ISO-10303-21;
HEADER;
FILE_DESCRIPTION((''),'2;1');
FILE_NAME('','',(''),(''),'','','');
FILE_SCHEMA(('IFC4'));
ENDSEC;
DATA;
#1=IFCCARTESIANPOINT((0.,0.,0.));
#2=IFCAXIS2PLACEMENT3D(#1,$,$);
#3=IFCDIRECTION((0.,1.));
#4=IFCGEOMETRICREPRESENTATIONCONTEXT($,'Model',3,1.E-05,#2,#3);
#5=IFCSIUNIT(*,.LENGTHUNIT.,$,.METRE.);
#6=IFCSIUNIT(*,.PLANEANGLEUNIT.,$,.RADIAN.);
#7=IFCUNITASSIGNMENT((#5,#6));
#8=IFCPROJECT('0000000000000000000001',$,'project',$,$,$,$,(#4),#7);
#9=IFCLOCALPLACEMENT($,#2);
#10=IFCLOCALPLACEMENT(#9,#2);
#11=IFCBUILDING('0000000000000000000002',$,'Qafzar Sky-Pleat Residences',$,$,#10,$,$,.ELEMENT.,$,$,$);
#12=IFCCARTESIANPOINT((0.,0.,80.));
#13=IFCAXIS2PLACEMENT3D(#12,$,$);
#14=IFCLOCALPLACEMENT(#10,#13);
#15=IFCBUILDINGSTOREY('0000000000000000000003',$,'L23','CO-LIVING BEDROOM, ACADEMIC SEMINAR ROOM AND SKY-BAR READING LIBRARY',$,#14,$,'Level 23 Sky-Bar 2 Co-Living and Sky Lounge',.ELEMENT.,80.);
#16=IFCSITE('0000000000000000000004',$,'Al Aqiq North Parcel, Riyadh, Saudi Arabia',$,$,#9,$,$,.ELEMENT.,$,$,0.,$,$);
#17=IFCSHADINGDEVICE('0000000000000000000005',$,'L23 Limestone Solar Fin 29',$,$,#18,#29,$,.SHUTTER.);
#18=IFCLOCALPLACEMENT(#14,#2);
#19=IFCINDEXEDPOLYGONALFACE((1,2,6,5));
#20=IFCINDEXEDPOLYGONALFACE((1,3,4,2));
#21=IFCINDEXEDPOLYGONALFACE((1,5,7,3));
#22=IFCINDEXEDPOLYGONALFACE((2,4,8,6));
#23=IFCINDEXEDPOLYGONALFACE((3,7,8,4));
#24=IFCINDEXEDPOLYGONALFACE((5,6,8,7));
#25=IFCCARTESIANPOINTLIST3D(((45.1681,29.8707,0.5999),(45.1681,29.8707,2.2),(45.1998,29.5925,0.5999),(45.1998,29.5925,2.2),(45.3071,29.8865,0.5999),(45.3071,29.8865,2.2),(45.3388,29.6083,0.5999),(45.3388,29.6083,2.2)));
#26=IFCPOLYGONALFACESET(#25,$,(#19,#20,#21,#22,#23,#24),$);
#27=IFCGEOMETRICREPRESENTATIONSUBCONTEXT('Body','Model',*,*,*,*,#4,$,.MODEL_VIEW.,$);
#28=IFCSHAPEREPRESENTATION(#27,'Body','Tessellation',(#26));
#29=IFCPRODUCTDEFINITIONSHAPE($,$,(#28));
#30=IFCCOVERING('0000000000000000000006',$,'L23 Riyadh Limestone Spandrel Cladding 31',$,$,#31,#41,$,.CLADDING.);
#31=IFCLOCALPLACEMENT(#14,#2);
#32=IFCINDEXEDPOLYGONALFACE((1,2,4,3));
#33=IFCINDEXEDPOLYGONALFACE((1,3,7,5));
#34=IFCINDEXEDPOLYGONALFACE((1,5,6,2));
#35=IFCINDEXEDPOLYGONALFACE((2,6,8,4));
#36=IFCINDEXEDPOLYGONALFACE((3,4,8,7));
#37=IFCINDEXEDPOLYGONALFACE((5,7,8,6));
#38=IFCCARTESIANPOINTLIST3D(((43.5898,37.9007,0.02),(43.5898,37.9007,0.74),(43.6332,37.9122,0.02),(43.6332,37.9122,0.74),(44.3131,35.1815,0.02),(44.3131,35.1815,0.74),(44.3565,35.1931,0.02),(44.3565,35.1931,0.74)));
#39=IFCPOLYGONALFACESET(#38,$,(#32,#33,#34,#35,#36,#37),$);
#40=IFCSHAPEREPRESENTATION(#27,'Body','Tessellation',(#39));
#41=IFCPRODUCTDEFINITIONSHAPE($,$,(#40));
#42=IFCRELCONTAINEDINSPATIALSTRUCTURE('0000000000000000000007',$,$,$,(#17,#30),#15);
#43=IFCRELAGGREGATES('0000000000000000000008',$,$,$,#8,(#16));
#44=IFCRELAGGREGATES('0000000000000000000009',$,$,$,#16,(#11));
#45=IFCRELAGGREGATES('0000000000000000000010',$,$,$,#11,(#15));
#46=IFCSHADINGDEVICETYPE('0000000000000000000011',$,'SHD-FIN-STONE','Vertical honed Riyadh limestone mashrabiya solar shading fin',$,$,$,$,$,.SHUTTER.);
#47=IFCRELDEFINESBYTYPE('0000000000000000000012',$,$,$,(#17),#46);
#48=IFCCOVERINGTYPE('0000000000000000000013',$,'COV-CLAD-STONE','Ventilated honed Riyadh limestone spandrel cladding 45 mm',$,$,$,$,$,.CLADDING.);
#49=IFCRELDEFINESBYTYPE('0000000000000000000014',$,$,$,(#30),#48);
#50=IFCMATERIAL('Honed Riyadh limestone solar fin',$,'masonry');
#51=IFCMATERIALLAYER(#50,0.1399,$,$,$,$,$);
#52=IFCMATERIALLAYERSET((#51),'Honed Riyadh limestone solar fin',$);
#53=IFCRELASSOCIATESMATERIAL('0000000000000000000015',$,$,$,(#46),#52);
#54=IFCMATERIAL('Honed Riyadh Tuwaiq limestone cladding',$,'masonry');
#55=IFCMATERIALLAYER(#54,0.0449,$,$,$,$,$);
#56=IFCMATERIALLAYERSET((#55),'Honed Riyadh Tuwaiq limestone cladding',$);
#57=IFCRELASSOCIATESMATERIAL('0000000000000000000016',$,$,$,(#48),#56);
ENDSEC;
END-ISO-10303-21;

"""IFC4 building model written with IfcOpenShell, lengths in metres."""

from ifc_helpers import new_model, si_unit, direction, frame, origin, origin_2d, place, context, subcontext, project, spatial, rectangle, extrude, source, transform, mapped, material, layer, layer_set, type_object, element, save


model = new_model("IFC4")

# Units and contexts
model_context = context("Model", 3, precision=1e-05, world=origin(), true_north=direction((0.0, 1.0)))
body_context = subcontext(model_context, "Body", "Model", "MODEL_VIEW")
ifc_project = project(units=[si_unit("LENGTHUNIT", "METRE"), si_unit("PLANEANGLEUNIT", "RADIAN")], contexts=[model_context])

# Site, building, storey
site_placement = place(None, origin())
site = spatial("IfcSite", under=ifc_project, at=site_placement, Name="Al Aqiq North Parcel, Riyadh, Saudi Arabia", CompositionType="ELEMENT", RefElevation=0.0)
building_placement = place(site_placement, origin())
building = spatial("IfcBuilding", under=site, at=building_placement, Name="Qafzar Sky-Pleat Residences", CompositionType="ELEMENT")
storey_placement = place(building_placement, frame((0.0, 0.0, 80.0)))
storey = spatial("IfcBuildingStorey", under=building, at=storey_placement, Name="L23", Description="CO-LIVING BEDROOM, ACADEMIC SEMINAR ROOM AND SKY-BAR READING LIBRARY", LongName="Level 23 Sky-Bar 2 Co-Living and Sky Lounge", CompositionType="ELEMENT", Elevation=80.0)

# Shading device
ifc_material_1 = material(Name="Honed Riyadh limestone solar fin", Category="masonry")
ifc_layer_1 = layer(ifc_material_1, 0.1399)
ifc_layer_set_1 = layer_set([ifc_layer_1], Name="Honed Riyadh limestone solar fin")
shading_device_type = type_object("IfcShadingDeviceType", Name="SHD-FIN-STONE", Description="Vertical honed Riyadh limestone mashrabiya solar shading fin", PredefinedType="SHUTTER", material=ifc_layer_set_1)
shared_shape_1 = source(origin(), body_context, "Body", "SweptSolid", [
    extrude(rectangle(XDim=0.1399, YDim=0.28, at=origin_2d()), origin(), (0.0, 0.0, 1.0), 1.6001),
])
shading_device_placement = place(storey_placement, frame((45.2534, 29.7395, 0.5999), z_axis=(0.0, 0.0, 1.0), x_axis=(0.993562, 0.113288, 0.0)))
element("IfcShadingDevice", 1, at=shading_device_placement, inside=storey, type_object=shading_device_type, Name="L23 Limestone Solar Fin 29", PredefinedType="SHUTTER", context=body_context, shape_type="MappedRepresentation", body=[
    mapped(shared_shape_1, transform((0.0, 0.0, 0.0), x_axis=(1.0, 0.0, 0.0), y_axis=(0.0, 1.0, 0.0), z_axis=(0.0, 0.0, 1.0), scale=1.0)),
])

# Covering
ifc_material_2 = material(Name="Honed Riyadh Tuwaiq limestone cladding", Category="masonry")
ifc_layer_2 = layer(ifc_material_2, 0.0449)
ifc_layer_set_2 = layer_set([ifc_layer_2], Name="Honed Riyadh Tuwaiq limestone cladding")
covering_type = type_object("IfcCoveringType", Name="COV-CLAD-STONE", Description="Ventilated honed Riyadh limestone spandrel cladding 45 mm", PredefinedType="CLADDING", material=ifc_layer_set_2)
shared_shape_2 = source(origin(), body_context, "Body", "SweptSolid", [
    extrude(rectangle(XDim=2.8137, YDim=0.0449, at=origin_2d()), origin(), (0.0, 0.0, 1.0), 0.72),
])
covering_placement = place(storey_placement, frame((43.9731, 36.5469, 0.02), z_axis=(0.0, 0.0, 1.0), x_axis=(-0.257049, 0.966398, 0.0)))
element("IfcCovering", 2, at=covering_placement, inside=storey, type_object=covering_type, Name="L23 Riyadh Limestone Spandrel Cladding 31", PredefinedType="CLADDING", context=body_context, shape_type="MappedRepresentation", body=[
    mapped(shared_shape_2, transform((0.0, 0.0, 0.0), x_axis=(1.0, 0.0, 0.0), y_axis=(0.0, 1.0, 0.0), z_axis=(0.0, 0.0, 1.0), scale=1.0)),
])

save(model, "model.ifc")
